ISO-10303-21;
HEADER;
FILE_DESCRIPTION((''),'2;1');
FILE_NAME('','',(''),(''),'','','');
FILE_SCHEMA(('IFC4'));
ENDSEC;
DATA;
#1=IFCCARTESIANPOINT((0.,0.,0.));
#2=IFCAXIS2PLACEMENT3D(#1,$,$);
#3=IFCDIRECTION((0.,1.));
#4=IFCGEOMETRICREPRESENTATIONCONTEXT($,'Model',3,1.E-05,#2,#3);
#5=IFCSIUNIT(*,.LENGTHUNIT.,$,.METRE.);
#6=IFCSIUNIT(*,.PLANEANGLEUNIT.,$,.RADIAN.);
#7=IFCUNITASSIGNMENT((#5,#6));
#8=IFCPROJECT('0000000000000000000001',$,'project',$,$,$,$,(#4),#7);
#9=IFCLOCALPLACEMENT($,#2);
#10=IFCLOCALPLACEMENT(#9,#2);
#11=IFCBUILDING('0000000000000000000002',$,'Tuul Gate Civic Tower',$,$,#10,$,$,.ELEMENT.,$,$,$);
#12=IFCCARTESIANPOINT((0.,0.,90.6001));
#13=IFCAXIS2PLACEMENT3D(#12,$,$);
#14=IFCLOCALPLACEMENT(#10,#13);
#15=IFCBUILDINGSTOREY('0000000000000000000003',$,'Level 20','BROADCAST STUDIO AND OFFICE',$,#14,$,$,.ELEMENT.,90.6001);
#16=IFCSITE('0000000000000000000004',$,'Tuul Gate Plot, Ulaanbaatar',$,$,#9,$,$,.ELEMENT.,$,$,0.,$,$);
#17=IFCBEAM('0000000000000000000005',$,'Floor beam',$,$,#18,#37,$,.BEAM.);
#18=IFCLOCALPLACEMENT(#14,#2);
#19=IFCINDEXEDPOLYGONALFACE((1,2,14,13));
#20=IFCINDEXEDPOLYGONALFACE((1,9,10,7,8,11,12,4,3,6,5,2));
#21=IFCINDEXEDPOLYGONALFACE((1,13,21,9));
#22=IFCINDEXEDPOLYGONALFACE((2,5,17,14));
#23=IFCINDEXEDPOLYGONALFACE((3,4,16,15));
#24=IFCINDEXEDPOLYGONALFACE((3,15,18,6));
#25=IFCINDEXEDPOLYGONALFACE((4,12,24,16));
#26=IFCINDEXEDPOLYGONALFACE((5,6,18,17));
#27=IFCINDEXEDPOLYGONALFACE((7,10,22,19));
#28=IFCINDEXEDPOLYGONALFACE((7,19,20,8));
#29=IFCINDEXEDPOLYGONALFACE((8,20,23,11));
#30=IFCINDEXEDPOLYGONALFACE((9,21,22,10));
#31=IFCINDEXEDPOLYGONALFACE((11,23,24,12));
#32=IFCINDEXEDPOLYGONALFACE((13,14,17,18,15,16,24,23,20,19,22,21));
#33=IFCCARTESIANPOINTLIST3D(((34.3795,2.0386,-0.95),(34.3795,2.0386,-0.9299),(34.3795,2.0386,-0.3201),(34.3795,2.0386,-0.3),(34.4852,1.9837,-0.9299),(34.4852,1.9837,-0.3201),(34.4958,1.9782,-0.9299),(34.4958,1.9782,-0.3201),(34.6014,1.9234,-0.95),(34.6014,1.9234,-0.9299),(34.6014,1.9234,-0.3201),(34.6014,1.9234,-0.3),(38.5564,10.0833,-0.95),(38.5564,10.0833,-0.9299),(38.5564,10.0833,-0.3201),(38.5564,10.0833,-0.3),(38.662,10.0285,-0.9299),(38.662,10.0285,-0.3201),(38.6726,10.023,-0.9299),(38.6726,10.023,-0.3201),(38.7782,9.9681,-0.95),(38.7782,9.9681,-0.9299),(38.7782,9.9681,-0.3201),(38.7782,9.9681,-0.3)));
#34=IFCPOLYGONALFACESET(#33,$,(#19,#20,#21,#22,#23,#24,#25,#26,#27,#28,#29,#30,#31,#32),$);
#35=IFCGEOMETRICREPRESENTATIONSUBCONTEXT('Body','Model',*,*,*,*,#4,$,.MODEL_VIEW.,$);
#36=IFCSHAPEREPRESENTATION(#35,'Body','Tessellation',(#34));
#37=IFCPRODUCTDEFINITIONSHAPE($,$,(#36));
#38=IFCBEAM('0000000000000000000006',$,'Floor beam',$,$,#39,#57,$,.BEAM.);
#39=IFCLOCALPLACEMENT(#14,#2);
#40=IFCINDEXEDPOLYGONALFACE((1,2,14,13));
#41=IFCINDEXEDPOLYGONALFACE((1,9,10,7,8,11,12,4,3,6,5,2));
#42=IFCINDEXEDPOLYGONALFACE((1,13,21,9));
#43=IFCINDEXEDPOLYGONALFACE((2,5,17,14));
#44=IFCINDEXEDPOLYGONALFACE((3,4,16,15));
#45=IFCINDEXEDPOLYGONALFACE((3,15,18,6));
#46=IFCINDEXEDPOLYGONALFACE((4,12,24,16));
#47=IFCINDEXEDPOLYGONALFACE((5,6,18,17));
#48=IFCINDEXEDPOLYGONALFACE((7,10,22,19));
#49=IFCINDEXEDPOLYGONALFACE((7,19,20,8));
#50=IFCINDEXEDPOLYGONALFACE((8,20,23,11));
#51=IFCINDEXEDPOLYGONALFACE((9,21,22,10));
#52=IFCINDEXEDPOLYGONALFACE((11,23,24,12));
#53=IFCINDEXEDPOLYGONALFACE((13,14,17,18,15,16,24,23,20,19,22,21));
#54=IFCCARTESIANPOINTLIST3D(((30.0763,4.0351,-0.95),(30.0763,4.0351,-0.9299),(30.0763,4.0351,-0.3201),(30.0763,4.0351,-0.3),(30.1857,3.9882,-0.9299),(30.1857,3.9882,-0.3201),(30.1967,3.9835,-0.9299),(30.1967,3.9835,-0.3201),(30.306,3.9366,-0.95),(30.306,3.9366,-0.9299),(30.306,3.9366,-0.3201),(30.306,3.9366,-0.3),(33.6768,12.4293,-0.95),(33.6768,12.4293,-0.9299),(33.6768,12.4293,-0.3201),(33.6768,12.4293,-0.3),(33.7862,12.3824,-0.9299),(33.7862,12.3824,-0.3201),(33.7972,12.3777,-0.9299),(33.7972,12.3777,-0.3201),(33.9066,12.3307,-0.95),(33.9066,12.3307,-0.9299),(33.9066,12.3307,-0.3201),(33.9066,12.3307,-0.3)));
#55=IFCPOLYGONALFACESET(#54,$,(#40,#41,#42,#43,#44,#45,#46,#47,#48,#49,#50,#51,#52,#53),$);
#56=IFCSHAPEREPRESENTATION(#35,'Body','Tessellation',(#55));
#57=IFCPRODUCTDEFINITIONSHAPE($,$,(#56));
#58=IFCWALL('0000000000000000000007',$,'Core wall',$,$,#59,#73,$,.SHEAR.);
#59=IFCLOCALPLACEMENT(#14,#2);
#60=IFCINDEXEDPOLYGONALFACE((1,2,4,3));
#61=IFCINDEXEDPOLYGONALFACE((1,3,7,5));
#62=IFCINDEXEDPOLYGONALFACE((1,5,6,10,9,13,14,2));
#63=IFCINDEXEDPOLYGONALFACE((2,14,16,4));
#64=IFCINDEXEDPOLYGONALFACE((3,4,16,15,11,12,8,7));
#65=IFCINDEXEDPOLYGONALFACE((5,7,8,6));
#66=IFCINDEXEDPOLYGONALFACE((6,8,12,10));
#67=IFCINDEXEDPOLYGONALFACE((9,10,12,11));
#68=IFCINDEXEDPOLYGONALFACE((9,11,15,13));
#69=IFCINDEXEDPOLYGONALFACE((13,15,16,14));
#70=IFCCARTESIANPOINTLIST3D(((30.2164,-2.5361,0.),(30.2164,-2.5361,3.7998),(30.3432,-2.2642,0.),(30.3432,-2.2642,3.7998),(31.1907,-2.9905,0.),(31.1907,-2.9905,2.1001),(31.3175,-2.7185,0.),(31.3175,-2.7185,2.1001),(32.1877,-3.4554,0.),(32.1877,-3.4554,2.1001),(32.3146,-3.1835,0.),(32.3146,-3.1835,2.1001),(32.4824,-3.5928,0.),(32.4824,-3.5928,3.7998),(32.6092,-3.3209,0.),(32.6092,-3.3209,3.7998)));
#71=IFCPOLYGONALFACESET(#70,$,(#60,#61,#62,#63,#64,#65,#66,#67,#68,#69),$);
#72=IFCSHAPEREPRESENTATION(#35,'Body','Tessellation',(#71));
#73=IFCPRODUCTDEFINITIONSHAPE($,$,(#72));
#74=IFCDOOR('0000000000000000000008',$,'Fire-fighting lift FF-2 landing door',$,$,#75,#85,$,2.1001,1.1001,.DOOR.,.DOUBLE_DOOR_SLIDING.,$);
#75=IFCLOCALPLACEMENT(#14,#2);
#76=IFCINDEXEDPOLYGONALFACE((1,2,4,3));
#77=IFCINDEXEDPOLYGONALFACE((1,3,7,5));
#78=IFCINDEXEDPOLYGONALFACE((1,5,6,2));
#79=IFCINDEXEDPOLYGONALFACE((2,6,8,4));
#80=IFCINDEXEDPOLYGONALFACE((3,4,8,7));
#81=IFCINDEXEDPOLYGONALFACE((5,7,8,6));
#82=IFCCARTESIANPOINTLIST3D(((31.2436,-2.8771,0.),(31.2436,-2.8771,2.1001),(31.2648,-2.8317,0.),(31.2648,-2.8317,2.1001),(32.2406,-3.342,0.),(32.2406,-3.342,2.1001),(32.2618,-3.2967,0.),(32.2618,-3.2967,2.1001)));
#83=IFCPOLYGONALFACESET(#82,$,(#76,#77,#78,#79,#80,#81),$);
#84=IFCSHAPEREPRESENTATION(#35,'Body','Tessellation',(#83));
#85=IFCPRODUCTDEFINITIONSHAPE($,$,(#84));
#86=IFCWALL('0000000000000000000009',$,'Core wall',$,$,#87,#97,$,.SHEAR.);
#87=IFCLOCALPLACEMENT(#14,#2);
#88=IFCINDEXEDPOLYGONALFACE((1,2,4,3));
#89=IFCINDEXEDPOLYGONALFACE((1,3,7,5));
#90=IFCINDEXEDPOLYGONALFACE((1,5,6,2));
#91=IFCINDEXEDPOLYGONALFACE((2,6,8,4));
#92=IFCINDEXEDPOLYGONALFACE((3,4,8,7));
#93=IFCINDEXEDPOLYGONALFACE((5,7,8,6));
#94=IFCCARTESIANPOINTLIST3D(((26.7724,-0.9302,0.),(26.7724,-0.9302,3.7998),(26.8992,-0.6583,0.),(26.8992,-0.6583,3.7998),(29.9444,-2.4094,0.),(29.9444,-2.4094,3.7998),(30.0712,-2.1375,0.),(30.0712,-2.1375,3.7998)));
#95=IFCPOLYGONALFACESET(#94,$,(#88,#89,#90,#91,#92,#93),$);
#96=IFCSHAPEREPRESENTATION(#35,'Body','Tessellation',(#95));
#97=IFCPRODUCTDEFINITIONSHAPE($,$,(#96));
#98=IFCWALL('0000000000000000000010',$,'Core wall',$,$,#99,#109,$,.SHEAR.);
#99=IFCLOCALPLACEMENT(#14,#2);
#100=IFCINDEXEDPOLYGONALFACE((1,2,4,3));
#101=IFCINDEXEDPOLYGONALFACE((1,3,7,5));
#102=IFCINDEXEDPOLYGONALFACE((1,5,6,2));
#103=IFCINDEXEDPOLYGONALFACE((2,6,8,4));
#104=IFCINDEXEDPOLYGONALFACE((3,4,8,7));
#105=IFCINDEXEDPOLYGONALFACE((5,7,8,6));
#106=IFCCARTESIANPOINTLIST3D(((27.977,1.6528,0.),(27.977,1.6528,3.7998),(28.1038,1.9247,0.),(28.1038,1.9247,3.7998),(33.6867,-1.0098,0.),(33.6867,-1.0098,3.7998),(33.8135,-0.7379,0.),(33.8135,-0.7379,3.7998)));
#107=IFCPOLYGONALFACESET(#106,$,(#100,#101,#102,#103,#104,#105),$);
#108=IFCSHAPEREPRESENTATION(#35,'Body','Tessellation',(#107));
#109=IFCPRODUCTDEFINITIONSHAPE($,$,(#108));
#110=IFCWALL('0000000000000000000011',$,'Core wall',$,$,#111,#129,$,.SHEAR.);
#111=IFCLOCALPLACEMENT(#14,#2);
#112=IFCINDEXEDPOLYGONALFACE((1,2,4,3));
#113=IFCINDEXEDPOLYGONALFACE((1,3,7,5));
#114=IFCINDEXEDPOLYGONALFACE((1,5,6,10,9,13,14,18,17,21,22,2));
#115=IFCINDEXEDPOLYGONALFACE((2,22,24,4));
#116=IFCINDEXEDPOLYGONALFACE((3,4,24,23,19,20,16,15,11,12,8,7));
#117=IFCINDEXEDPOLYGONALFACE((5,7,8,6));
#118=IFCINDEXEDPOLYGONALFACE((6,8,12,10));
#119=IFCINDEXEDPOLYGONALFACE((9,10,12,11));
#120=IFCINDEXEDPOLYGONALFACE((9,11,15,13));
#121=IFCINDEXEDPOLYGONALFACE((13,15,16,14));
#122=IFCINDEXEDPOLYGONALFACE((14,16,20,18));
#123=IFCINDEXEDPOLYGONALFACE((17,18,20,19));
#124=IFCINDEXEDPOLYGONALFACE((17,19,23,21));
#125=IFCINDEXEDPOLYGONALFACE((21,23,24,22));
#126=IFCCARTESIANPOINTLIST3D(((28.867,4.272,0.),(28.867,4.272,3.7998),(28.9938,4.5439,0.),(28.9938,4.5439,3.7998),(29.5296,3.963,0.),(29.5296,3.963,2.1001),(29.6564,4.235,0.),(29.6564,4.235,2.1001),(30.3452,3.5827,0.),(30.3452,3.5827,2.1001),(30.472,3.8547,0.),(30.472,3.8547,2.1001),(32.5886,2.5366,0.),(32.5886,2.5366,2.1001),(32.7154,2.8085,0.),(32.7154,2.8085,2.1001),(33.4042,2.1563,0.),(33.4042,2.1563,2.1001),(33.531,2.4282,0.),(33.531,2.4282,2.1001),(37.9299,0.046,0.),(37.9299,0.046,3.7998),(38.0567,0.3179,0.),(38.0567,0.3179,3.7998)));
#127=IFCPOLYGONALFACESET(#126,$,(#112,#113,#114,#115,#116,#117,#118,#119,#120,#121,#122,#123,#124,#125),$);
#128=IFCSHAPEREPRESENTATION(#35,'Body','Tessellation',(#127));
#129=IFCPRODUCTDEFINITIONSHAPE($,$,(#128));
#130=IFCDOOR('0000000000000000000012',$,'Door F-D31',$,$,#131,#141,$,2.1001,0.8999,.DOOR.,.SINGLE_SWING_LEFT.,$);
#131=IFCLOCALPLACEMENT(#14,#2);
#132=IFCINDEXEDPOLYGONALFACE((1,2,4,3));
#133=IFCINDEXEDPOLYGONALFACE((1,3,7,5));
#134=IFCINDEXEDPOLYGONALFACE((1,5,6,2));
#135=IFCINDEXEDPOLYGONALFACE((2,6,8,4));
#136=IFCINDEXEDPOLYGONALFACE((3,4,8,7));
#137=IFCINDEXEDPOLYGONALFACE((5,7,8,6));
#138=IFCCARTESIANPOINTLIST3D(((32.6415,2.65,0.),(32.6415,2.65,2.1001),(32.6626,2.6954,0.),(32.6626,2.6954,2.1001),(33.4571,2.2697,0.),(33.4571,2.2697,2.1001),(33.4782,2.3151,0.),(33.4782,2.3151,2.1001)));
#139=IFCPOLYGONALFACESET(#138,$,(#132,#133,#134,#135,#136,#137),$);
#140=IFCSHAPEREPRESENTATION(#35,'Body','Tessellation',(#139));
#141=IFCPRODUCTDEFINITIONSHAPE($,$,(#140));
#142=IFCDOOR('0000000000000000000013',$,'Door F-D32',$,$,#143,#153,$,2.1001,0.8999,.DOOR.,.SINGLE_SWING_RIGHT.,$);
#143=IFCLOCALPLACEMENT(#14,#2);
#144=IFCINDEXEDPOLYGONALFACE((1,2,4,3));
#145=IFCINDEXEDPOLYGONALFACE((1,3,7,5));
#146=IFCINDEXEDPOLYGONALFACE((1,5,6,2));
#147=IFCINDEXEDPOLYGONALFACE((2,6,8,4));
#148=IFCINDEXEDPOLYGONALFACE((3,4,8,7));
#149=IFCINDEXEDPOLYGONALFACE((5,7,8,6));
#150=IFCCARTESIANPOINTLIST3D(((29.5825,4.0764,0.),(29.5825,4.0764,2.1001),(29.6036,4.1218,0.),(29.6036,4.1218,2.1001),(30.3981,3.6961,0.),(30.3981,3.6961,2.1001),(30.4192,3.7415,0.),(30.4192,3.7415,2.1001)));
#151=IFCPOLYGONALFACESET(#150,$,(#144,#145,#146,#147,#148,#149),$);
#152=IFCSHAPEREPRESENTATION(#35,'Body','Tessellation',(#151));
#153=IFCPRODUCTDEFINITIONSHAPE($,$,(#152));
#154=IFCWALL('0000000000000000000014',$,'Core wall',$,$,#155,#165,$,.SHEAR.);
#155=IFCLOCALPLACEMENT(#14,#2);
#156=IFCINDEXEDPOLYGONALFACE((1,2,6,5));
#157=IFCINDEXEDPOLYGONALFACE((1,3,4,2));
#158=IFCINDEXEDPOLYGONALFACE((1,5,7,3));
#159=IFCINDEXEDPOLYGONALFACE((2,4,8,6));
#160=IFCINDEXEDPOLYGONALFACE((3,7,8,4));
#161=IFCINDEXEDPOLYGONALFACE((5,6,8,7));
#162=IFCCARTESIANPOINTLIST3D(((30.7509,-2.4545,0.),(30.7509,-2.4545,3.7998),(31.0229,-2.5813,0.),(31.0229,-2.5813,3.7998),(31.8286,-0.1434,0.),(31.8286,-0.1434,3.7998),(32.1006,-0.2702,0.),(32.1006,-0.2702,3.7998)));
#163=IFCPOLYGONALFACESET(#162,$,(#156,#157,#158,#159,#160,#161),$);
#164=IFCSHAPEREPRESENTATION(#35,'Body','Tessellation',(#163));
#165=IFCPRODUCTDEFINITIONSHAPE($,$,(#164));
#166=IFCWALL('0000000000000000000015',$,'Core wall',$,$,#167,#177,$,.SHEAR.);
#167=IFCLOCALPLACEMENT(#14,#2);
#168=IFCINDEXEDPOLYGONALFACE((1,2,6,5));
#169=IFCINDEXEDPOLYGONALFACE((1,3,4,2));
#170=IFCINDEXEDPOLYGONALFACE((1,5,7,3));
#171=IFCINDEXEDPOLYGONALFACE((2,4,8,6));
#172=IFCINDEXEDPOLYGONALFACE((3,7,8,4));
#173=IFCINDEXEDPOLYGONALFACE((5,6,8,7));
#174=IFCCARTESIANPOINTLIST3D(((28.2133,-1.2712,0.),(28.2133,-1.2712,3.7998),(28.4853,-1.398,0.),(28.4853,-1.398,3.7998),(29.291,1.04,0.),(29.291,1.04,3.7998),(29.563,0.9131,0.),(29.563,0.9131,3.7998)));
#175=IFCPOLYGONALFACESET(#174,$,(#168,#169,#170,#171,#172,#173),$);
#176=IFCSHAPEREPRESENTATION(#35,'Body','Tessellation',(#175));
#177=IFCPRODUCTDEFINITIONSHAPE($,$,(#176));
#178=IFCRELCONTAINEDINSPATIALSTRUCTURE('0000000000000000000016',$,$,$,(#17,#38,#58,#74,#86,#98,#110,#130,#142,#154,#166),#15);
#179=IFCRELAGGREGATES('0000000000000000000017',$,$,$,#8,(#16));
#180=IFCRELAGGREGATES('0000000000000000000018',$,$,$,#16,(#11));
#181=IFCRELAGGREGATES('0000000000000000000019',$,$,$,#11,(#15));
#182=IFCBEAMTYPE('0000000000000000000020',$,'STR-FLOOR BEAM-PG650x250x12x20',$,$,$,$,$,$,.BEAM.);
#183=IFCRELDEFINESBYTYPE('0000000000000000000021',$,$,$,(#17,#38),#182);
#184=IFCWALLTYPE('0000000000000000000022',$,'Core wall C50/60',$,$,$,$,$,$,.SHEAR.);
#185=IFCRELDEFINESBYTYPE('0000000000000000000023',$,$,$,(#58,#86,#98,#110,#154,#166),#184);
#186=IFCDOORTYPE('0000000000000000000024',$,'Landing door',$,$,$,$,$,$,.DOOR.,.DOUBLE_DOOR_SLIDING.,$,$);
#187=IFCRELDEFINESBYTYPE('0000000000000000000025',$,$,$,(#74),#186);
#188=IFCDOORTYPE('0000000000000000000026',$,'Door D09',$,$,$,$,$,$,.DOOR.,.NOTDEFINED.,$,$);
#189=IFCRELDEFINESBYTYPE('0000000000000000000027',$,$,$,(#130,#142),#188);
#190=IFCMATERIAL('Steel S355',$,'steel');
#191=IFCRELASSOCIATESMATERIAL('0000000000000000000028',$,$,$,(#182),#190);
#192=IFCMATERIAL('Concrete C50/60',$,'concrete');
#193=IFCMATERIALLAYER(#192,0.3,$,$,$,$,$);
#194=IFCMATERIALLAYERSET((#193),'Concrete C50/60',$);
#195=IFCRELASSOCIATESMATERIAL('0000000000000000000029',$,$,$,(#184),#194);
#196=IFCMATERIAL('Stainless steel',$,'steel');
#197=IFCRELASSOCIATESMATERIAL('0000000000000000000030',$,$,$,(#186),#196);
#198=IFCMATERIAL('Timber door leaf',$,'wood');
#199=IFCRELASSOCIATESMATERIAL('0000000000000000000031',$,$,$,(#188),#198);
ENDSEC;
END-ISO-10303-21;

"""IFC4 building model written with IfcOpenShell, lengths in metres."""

from ifc_helpers import new_model, si_unit, direction, frame, frame_2d, origin, origin_2d, place, context, subcontext, project, spatial, rectangle, i_section, extrude, material, layer, layer_set, material_profile, profile_set, type_object, element, fill, save


model = new_model("IFC4")

# Units and contexts
model_context = context("Model", 3, precision=1e-05, world=origin(), true_north=direction((0.0, 1.0)))
body_context = subcontext(model_context, "Body", "Model", "MODEL_VIEW")
ifc_project = project(units=[si_unit("LENGTHUNIT", "METRE"), si_unit("PLANEANGLEUNIT", "RADIAN")], contexts=[model_context])

# Site, building, storey
site_placement = place(None, origin())
site = spatial("IfcSite", under=ifc_project, at=site_placement, Name="Tuul Gate Plot, Ulaanbaatar", CompositionType="ELEMENT", RefElevation=0.0)
building_placement = place(site_placement, origin())
building = spatial("IfcBuilding", under=site, at=building_placement, Name="Tuul Gate Civic Tower", CompositionType="ELEMENT")
storey_placement = place(building_placement, frame((0.0, 0.0, 90.6001)))
storey = spatial("IfcBuildingStorey", under=building, at=storey_placement, Name="Level 20", Description="BROADCAST STUDIO AND OFFICE", CompositionType="ELEMENT", Elevation=90.6001)

# Beams
ifc_material_1 = material(Name="Steel S355", Category="steel")
ifc_material_profile = material_profile(ifc_material_1, i_section(OverallWidth=0.25, OverallDepth=0.6499, WebThickness=0.012, FlangeThickness=0.02, at=origin_2d()), Name="PG650x250x12x20")
ifc_profile_set = profile_set([ifc_material_profile], Name="Steel S355")
beam_type = type_object("IfcBeamType", Name="STR-FLOOR BEAM-PG650x250x12x20", PredefinedType="BEAM", material=ifc_profile_set)
beam_1_placement = place(storey_placement, frame((34.4905, 1.981, -0.625), z_axis=(0.46079, 0.887509, 0.0), x_axis=(-0.887509, 0.46079, 0.0)))
element("IfcBeam", 1, at=beam_1_placement, inside=storey, type_object=beam_type, Name="Floor beam", PredefinedType="BEAM", context=body_context, shape_type="SweptSolid", body=[
    extrude(i_section(OverallWidth=0.25, OverallDepth=0.6499, WebThickness=0.012, FlangeThickness=0.02, at=origin_2d()), origin(), (0.0, 0.0, 1.0), 9.0645),
])
beam_2_placement = place(storey_placement, frame((30.1912, 3.9858, -0.625), z_axis=(0.3942, 0.919025, 0.0), x_axis=(-0.919025, 0.3942, 0.0)))
element("IfcBeam", 2, at=beam_2_placement, inside=storey, type_object=beam_type, Name="Floor beam", PredefinedType="BEAM", context=body_context, shape_type="SweptSolid", body=[
    extrude(i_section(OverallWidth=0.25, OverallDepth=0.6499, WebThickness=0.012, FlangeThickness=0.02, at=origin_2d()), origin(), (0.0, 0.0, 1.0), 9.1338),
])

# Wall, opening, door
ifc_material_2 = material(Name="Concrete C50/60", Category="concrete")
ifc_layer_1 = layer(ifc_material_2, 0.3)
ifc_layer_set_1 = layer_set([ifc_layer_1], Name="Concrete C50/60")
wall_type_1 = type_object("IfcWallType", Name="Core wall C50/60", PredefinedType="SHEAR", material=ifc_layer_set_1)
wall_1_placement = place(storey_placement, frame((32.5457, -3.4568, 0.0), z_axis=(0.0, 0.0, 1.0), x_axis=(-0.9063, 0.422634, 0.0)))
wall_1 = element("IfcWall", 3, at=wall_1_placement, inside=storey, type_object=wall_type_1, Name="Core wall", PredefinedType="SHEAR", context=body_context, shape_type="SweptSolid", body=[
    extrude(rectangle(XDim=2.5002, YDim=0.3, at=frame_2d((1.25, 0.0))), origin(), (0.0, 0.0, 1.0), 3.7998),
])
opening_1_placement = place(wall_1_placement, frame((0.325, 0.0, 0.0)))
opening_1 = element("IfcOpeningElement", 4, at=opening_1_placement, cuts=wall_1, PredefinedType="OPENING", context=body_context, shape_type="SweptSolid", body=[
    extrude(rectangle(XDim=1.1001, YDim=2.1001, at=frame_2d((0.55, 1.05))), frame((0.0, 0.1602, 0.0), z_axis=(0.0, -1.0, 0.0), x_axis=(1.0, 0.0, 0.0)), (0.0, 0.0, 1.0), 0.3201),
])
ifc_material_3 = material(Name="Stainless steel", Category="steel")
door_type_1 = type_object("IfcDoorType", Name="Landing door", OperationType="DOUBLE_DOOR_SLIDING", PredefinedType="DOOR", material=ifc_material_3)
door_1_placement = place(opening_1_placement, origin())
door_1 = element("IfcDoor", 5, at=door_1_placement, inside=storey, type_object=door_type_1, Name="Fire-fighting lift FF-2 landing door", OperationType="DOUBLE_DOOR_SLIDING", OverallHeight=2.1001, OverallWidth=1.1001, PredefinedType="DOOR", context=body_context, shape_type="SweptSolid", body=[
    extrude(rectangle(XDim=1.1001, YDim=2.1001, at=frame_2d((0.55, 1.05))), frame((0.0, 0.0249, 0.0), z_axis=(0.0, -1.0, 0.0), x_axis=(1.0, 0.0, 0.0)), (0.0, 0.0, 1.0), 0.05),
])
fill(opening_1, door_1)

# Walls
wall_2_placement = place(storey_placement, frame((30.0078, -2.2734, 0.0), z_axis=(0.0, 0.0, 1.0), x_axis=(-0.906301, 0.422633, 0.0)))
element("IfcWall", 6, at=wall_2_placement, inside=storey, type_object=wall_type_1, Name="Core wall", PredefinedType="SHEAR", context=body_context, shape_type="SweptSolid", body=[
    extrude(rectangle(XDim=3.5, YDim=0.3, at=frame_2d((1.75, 0.0))), origin(), (0.0, 0.0, 1.0), 3.7998),
])
wall_3_placement = place(storey_placement, frame((33.75, -0.8738, 0.0), z_axis=(0.0, 0.0, 1.0), x_axis=(-0.906301, 0.422633, 0.0)))
element("IfcWall", 7, at=wall_3_placement, inside=storey, type_object=wall_type_1, Name="Core wall", PredefinedType="SHEAR", context=body_context, shape_type="SweptSolid", body=[
    extrude(rectangle(XDim=6.3, YDim=0.3, at=frame_2d((3.1499, 0.0))), origin(), (0.0, 0.0, 1.0), 3.7998),
])

# Wall, openings, doors
wall_4_placement = place(storey_placement, frame((37.9934, 0.1819, 0.0), z_axis=(0.0, 0.0, 1.0), x_axis=(-0.90631, 0.422613, 0.0)))
wall_4 = element("IfcWall", 8, at=wall_4_placement, inside=storey, type_object=wall_type_1, Name="Core wall", PredefinedType="SHEAR", context=body_context, shape_type="SweptSolid", body=[
    extrude(rectangle(XDim=9.9998, YDim=0.3, at=frame_2d((5.0, 0.0))), origin(), (0.0, 0.0, 1.0), 3.7998),
])
opening_2_placement = place(wall_4_placement, frame((4.9937, 0.0, 0.0)))
opening_2 = element("IfcOpeningElement", 9, at=opening_2_placement, cuts=wall_4, PredefinedType="OPENING", context=body_context, shape_type="SweptSolid", body=[
    extrude(rectangle(XDim=0.8999, YDim=2.1001, at=frame_2d((0.45, 1.05))), frame((0.0, 0.1602, 0.0), z_axis=(0.0, -1.0, 0.0), x_axis=(1.0, 0.0, 0.0)), (0.0, 0.0, 1.0), 0.3201),
])
opening_3_placement = place(wall_4_placement, frame((8.3689, 0.0, 0.0)))
opening_3 = element("IfcOpeningElement", 10, at=opening_3_placement, cuts=wall_4, PredefinedType="OPENING", context=body_context, shape_type="SweptSolid", body=[
    extrude(rectangle(XDim=0.8999, YDim=2.1001, at=frame_2d((0.45, 1.05))), frame((0.0, 0.1602, 0.0), z_axis=(0.0, -1.0, 0.0), x_axis=(1.0, 0.0, 0.0)), (0.0, 0.0, 1.0), 0.3201),
])
ifc_material_4 = material(Name="Timber door leaf", Category="wood")
door_type_2 = type_object("IfcDoorType", Name="Door D09", OperationType="NOTDEFINED", PredefinedType="DOOR", material=ifc_material_4)
door_2_placement = place(opening_2_placement, origin())
door_2 = element("IfcDoor", 11, at=door_2_placement, inside=storey, type_object=door_type_2, Name="Door F-D31", OperationType="SINGLE_SWING_LEFT", OverallHeight=2.1001, OverallWidth=0.8999, PredefinedType="DOOR", context=body_context, shape_type="SweptSolid", body=[
    extrude(rectangle(XDim=0.8999, YDim=2.1001, at=frame_2d((0.45, 1.05))), frame((0.0, 0.0249, 0.0), z_axis=(0.0, -1.0, 0.0), x_axis=(1.0, 0.0, 0.0)), (0.0, 0.0, 1.0), 0.05),
])
fill(opening_2, door_2)
door_3_placement = place(opening_3_placement, origin())
door_3 = element("IfcDoor", 12, at=door_3_placement, inside=storey, type_object=door_type_2, Name="Door F-D32", OperationType="SINGLE_SWING_RIGHT", OverallHeight=2.1001, OverallWidth=0.8999, PredefinedType="DOOR", context=body_context, shape_type="SweptSolid", body=[
    extrude(rectangle(XDim=0.8999, YDim=2.1001, at=frame_2d((0.45, 1.05))), frame((0.0, 0.0249, 0.0), z_axis=(0.0, -1.0, 0.0), x_axis=(1.0, 0.0, 0.0)), (0.0, 0.0, 1.0), 0.05),
])
fill(opening_3, door_3)

# Walls
for number, where, z_axis, x_axis, name in (
    (13, (30.887, -2.5178, 0.0), (0.0, 0.0, 1.0), (0.422613, 0.90631, 0.0), "Core wall"),
    (14, (28.3494, -1.3345, 0.0), (0.0, 0.0, 1.0), (0.422613, 0.90631, 0.0), "Core wall"),
):
    element("IfcWall", number, at=place(storey_placement, frame(where, z_axis=z_axis, x_axis=x_axis)), inside=storey, type_object=wall_type_1, Name=name, PredefinedType="SHEAR", context=body_context, shape_type="SweptSolid", body=[
        extrude(rectangle(XDim=2.55, YDim=0.3, at=frame_2d((1.2749, 0.0))), origin(), (0.0, 0.0, 1.0), 3.7998),
    ])

save(model, "model.ifc")
